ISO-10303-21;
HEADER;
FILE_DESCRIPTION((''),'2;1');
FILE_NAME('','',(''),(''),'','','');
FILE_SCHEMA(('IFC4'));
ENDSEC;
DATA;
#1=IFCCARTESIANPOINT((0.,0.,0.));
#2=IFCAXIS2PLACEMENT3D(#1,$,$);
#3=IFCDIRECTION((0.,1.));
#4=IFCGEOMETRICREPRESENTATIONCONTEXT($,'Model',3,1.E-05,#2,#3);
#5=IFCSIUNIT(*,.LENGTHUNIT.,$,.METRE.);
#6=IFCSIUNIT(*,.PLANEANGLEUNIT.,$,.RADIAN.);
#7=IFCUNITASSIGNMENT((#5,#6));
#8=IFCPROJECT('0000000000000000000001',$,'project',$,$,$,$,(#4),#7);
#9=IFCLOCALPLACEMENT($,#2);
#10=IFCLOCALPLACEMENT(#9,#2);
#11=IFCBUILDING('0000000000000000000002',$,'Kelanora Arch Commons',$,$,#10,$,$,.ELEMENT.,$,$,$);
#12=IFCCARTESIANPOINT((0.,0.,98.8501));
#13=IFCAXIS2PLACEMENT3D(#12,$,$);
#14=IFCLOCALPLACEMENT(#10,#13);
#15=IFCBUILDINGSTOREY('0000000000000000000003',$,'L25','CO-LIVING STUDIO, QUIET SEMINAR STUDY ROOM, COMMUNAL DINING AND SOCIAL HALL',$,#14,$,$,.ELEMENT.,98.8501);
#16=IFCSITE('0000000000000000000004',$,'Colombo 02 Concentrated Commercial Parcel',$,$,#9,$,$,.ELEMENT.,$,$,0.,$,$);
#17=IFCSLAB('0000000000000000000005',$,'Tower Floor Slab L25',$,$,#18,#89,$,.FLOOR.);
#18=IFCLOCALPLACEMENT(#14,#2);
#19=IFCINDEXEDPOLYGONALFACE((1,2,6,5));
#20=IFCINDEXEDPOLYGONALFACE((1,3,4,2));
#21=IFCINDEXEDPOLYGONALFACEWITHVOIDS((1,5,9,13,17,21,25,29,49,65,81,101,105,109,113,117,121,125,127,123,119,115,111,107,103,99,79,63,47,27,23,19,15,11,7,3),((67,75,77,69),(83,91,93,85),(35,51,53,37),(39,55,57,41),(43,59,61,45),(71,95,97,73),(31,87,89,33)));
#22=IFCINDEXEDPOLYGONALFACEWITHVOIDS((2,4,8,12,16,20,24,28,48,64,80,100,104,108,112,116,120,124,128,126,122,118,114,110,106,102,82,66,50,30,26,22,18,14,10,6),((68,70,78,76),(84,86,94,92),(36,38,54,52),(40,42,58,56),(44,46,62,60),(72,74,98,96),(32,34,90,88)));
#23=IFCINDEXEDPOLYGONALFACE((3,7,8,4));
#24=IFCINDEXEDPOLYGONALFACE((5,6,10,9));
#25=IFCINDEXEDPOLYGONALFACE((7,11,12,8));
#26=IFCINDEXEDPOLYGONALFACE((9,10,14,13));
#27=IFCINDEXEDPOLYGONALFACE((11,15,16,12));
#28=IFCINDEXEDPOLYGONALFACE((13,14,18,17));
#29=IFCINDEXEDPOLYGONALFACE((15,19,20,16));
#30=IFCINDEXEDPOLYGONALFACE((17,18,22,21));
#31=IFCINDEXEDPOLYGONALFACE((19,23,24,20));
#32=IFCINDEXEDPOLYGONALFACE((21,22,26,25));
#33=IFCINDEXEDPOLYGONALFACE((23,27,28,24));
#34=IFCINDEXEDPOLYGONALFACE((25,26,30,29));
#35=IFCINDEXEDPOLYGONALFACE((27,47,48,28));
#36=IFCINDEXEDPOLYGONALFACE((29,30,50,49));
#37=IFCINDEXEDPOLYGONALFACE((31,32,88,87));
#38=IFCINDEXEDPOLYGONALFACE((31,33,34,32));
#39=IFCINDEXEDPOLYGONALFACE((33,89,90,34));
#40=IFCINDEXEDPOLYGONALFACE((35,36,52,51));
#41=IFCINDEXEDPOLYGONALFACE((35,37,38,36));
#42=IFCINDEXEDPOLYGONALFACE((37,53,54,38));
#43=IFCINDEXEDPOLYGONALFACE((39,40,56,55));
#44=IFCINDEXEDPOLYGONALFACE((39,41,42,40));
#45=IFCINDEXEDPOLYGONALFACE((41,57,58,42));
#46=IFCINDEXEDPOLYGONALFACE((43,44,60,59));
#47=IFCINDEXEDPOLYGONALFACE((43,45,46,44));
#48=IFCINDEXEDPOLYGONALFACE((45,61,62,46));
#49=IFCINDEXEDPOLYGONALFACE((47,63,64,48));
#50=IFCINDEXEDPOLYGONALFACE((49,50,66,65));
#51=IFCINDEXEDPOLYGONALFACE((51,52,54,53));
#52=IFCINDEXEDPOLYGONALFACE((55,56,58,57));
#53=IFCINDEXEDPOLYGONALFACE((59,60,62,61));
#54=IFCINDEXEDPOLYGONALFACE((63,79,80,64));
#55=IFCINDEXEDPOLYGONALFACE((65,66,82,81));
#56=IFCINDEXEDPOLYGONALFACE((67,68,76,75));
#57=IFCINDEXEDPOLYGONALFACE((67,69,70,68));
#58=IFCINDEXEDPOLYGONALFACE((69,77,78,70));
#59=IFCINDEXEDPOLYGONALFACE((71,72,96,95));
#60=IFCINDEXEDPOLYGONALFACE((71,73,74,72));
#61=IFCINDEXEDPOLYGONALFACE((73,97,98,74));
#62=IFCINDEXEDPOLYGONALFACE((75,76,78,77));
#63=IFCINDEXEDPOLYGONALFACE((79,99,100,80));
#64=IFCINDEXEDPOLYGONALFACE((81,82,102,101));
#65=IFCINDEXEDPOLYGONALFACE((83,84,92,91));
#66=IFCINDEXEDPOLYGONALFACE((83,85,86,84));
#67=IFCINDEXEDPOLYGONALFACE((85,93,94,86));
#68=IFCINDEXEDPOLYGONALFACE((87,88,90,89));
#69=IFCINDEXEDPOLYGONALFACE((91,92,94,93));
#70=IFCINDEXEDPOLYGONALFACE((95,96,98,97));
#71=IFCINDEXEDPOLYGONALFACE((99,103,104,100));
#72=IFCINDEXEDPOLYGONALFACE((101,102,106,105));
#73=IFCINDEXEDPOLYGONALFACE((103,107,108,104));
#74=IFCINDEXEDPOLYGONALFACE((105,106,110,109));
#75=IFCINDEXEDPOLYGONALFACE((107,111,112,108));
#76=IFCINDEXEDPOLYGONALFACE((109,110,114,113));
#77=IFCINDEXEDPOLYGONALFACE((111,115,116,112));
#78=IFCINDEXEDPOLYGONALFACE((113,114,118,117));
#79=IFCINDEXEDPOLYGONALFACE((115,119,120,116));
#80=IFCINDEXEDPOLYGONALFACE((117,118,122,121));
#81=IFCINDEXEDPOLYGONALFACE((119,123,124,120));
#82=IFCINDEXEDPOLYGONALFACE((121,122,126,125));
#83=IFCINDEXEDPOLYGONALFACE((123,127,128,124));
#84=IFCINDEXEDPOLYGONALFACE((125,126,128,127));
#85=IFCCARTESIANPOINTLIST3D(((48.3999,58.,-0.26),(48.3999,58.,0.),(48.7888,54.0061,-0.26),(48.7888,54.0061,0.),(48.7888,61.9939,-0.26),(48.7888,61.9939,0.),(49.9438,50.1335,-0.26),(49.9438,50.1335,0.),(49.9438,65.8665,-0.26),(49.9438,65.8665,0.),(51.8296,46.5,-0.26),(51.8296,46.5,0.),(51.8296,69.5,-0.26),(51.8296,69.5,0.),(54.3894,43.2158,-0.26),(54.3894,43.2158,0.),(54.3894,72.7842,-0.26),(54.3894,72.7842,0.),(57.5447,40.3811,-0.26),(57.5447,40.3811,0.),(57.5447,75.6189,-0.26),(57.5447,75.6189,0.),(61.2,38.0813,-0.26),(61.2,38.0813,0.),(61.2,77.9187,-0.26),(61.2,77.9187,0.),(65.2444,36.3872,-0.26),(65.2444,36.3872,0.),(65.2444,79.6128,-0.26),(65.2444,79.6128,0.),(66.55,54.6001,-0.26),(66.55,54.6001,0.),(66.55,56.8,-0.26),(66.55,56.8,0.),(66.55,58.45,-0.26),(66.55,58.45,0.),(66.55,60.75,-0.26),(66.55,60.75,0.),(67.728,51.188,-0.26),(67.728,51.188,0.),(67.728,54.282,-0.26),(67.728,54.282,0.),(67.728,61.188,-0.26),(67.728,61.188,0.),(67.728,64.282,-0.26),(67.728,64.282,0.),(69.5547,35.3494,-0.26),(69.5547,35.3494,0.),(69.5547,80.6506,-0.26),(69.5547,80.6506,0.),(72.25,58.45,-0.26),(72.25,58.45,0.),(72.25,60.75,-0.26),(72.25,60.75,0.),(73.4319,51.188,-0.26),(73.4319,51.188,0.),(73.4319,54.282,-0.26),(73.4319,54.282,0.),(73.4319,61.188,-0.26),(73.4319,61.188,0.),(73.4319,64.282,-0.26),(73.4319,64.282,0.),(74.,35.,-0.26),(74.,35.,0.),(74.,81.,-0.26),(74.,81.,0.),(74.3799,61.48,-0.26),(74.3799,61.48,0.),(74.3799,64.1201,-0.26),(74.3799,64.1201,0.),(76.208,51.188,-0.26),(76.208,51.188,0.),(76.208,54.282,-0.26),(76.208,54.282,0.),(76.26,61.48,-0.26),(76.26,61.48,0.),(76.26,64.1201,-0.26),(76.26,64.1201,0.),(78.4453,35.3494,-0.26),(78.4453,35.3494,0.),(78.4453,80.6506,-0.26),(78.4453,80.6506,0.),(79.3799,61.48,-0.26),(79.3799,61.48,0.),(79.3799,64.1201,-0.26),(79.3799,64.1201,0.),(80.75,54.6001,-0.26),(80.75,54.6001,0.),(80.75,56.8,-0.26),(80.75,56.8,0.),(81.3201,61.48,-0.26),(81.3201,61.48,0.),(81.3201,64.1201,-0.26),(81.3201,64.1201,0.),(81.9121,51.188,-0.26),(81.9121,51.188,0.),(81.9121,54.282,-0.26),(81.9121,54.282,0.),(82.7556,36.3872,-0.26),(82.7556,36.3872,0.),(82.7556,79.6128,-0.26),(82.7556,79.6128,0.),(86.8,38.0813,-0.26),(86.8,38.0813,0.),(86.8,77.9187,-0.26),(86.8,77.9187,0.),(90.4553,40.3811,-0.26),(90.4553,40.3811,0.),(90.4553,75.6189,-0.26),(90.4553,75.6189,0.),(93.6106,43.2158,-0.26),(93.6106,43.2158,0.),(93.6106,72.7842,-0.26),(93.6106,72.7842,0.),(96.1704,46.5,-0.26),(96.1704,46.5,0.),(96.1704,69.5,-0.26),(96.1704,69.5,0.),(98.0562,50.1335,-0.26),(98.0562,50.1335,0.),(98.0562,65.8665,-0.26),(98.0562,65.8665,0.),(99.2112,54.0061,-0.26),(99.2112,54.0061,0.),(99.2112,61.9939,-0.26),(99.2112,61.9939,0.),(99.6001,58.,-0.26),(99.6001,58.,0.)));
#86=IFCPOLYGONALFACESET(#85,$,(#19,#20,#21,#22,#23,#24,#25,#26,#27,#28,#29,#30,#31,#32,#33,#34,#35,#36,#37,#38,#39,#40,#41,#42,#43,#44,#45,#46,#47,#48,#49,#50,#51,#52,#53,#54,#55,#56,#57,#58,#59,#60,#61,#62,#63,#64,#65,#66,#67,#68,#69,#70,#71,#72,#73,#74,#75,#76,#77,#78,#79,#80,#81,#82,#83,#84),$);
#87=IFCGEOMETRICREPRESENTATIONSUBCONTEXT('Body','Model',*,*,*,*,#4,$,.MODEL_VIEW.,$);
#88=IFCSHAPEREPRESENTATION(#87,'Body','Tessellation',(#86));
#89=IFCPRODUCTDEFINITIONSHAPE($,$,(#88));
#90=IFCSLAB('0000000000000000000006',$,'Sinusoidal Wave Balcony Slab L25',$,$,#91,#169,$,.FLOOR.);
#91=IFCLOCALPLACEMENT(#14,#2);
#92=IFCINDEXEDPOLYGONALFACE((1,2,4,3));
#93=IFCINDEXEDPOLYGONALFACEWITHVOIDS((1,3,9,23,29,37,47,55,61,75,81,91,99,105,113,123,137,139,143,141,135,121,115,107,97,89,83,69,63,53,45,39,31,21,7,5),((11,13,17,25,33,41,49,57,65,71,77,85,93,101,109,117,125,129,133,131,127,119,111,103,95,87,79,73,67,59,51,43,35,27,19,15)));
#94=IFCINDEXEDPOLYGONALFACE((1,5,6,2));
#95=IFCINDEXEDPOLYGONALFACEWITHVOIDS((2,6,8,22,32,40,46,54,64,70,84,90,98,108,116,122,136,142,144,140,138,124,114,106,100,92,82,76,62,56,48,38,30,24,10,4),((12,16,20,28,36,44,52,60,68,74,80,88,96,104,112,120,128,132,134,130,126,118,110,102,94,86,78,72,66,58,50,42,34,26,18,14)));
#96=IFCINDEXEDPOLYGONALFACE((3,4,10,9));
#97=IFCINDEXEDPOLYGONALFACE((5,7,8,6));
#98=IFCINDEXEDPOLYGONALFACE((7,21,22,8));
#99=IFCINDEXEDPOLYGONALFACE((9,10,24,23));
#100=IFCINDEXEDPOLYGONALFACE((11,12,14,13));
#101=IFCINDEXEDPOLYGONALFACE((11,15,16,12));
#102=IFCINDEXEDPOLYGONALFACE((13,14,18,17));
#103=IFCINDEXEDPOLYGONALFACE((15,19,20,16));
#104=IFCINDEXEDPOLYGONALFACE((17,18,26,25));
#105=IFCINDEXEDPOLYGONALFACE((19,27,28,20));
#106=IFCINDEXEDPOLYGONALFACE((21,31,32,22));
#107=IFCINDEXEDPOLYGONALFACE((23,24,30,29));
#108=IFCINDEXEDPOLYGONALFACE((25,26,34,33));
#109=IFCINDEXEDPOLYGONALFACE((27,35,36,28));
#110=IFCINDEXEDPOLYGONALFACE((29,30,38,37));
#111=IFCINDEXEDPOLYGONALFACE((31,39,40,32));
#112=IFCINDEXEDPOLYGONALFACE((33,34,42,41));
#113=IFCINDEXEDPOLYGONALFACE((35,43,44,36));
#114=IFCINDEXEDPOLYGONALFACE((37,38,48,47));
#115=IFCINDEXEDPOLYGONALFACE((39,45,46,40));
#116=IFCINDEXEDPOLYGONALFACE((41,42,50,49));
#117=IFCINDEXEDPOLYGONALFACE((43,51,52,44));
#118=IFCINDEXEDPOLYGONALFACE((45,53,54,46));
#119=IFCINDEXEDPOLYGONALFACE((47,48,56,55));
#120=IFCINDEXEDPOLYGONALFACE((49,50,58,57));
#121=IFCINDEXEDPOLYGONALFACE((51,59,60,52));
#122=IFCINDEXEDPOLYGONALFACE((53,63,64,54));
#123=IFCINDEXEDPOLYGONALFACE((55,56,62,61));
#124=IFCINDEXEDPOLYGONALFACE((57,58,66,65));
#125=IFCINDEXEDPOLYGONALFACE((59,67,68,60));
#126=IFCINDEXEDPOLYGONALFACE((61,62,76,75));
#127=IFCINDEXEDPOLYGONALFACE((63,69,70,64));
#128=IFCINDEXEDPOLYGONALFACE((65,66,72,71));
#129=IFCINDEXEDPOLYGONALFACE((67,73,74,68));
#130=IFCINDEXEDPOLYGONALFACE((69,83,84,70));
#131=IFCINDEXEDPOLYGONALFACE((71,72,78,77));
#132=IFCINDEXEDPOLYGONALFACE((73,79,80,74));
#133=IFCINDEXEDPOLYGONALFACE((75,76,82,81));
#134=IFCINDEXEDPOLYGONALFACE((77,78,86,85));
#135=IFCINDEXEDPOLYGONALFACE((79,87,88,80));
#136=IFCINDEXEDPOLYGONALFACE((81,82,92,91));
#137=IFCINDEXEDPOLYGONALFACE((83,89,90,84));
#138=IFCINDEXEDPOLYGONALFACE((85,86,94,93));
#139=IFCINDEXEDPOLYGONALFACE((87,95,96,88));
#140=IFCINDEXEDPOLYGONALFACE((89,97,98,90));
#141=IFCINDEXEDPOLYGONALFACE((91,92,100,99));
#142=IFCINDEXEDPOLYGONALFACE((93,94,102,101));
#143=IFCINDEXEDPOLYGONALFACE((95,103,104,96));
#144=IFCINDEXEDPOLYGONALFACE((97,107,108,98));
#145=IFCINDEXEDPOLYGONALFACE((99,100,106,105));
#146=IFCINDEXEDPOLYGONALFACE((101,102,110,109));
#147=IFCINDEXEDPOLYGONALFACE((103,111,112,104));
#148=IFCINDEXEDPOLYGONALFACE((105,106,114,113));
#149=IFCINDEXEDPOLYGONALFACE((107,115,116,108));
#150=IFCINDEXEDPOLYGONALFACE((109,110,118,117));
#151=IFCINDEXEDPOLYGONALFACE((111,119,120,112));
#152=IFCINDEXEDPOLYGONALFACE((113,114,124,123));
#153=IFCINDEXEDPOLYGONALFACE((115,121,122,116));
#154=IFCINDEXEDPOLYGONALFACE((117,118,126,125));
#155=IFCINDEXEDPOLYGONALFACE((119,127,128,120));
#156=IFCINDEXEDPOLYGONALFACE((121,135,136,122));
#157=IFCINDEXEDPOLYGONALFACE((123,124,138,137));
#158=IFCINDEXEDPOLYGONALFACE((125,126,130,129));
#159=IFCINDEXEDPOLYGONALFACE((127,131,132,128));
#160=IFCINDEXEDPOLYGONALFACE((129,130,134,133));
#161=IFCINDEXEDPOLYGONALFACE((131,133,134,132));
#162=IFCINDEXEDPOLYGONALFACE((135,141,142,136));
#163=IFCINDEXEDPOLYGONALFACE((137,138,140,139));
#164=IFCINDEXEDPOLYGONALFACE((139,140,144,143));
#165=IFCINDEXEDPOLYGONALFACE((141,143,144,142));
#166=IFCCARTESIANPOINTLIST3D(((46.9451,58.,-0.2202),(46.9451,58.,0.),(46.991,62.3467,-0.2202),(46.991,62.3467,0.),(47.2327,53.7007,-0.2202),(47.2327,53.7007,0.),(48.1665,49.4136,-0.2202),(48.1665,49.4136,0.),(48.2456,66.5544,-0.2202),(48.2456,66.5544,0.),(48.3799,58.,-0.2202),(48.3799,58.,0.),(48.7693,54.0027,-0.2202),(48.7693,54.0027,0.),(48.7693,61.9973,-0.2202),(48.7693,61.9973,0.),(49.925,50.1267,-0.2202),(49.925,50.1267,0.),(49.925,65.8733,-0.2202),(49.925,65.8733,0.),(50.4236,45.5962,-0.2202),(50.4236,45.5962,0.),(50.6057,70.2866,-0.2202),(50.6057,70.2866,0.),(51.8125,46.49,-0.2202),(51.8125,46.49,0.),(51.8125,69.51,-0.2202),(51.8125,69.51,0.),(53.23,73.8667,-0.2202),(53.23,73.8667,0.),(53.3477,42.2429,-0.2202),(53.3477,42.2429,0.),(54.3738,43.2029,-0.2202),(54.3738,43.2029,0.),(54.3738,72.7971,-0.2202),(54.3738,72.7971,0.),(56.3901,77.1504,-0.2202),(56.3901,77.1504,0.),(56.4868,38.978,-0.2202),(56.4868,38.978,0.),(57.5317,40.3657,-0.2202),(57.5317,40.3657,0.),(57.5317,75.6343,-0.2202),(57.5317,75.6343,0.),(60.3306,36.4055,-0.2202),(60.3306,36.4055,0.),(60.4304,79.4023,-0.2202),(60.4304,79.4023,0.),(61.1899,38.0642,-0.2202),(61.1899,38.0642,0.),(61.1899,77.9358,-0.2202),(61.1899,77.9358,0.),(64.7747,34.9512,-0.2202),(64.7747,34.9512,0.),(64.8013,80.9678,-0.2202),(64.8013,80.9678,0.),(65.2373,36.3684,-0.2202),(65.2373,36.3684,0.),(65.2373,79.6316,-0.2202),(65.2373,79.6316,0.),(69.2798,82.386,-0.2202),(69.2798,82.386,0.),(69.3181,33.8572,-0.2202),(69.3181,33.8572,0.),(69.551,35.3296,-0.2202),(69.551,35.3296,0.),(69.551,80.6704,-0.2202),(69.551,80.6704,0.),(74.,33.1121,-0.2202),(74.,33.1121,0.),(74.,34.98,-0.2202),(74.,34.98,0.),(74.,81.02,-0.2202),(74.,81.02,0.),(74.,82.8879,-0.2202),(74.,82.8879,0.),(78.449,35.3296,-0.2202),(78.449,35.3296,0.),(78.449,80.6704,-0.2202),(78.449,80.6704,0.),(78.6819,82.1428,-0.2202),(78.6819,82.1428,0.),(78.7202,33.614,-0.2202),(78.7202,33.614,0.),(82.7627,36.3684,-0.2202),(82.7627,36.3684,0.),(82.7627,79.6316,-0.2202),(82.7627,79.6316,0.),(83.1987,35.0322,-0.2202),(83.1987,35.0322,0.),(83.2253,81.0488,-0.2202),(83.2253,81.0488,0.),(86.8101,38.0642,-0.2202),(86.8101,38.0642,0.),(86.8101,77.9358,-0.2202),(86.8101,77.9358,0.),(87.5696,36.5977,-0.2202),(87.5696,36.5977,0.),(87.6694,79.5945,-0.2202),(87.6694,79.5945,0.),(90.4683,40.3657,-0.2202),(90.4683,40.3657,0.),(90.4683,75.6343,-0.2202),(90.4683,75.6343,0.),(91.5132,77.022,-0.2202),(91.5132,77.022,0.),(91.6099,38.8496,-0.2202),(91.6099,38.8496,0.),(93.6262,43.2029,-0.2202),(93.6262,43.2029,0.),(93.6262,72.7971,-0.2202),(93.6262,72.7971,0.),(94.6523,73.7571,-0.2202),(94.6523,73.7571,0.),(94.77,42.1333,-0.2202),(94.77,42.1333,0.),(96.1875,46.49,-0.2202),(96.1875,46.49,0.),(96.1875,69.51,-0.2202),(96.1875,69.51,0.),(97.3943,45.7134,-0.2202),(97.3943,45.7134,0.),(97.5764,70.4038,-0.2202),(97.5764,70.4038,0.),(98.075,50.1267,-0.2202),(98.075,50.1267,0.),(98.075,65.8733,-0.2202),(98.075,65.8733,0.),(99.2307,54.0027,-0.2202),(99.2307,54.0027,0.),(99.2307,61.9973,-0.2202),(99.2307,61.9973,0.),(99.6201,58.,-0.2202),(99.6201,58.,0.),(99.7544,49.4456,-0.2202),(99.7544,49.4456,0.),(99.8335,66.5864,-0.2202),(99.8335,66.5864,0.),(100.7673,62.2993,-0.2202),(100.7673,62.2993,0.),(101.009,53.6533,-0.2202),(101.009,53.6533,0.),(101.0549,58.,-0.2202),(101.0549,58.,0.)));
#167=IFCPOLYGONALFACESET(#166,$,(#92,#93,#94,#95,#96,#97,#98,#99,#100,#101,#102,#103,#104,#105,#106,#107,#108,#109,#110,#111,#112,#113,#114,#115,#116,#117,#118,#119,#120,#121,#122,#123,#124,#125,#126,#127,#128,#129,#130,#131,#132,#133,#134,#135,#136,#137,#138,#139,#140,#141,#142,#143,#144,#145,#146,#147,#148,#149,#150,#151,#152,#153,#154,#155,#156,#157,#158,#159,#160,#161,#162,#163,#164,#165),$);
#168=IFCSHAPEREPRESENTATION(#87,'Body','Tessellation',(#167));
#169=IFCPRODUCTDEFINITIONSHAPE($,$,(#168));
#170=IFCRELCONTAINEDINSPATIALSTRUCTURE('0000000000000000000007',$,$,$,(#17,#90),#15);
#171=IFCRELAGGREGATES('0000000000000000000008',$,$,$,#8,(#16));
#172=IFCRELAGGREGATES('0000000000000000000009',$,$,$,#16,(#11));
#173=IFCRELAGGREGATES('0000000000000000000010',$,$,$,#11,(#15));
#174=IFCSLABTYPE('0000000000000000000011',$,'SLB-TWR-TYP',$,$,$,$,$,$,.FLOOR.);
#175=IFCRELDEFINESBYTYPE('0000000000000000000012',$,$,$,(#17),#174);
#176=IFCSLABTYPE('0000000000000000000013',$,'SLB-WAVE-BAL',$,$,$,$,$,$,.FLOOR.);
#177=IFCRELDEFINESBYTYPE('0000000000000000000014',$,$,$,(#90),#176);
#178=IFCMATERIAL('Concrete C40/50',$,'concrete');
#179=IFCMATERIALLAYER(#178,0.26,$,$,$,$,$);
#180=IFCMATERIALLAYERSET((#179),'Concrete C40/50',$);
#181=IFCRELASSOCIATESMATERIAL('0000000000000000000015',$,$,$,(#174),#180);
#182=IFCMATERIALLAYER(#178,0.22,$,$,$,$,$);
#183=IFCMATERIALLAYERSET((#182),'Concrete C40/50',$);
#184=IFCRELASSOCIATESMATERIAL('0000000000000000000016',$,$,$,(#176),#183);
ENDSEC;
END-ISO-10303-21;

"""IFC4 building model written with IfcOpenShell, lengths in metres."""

from ifc_helpers import new_model, si_unit, direction, frame, origin, place, context, subcontext, project, spatial, polyline, outline, extrude, material, layer, layer_set, type_object, element, save


model = new_model("IFC4")

# Units and contexts
model_context = context("Model", 3, precision=1e-05, world=origin(), true_north=direction((0.0, 1.0)))
body_context = subcontext(model_context, "Body", "Model", "MODEL_VIEW")
ifc_project = project(units=[si_unit("LENGTHUNIT", "METRE"), si_unit("PLANEANGLEUNIT", "RADIAN")], contexts=[model_context])

# Site, building, storey
site_placement = place(None, origin())
site = spatial("IfcSite", under=ifc_project, at=site_placement, Name="Colombo 02 Concentrated Commercial Parcel", CompositionType="ELEMENT", RefElevation=0.0)
building_placement = place(site_placement, origin())
building = spatial("IfcBuilding", under=site, at=building_placement, Name="Kelanora Arch Commons", CompositionType="ELEMENT")
storey_placement = place(building_placement, frame((0.0, 0.0, 98.8501)))
storey = spatial("IfcBuildingStorey", under=building, at=storey_placement, Name="L25", Description="CO-LIVING STUDIO, QUIET SEMINAR STUDY ROOM, COMMUNAL DINING AND SOCIAL HALL", CompositionType="ELEMENT", Elevation=98.8501)

# Shared definitions
ifc_material_1 = material(Name="Concrete C40/50", Category="concrete")

# Slabs
ifc_layer_1 = layer(ifc_material_1, 0.26)
ifc_layer_set_1 = layer_set([ifc_layer_1], Name="Concrete C40/50")
slab_type_1 = type_object("IfcSlabType", Name="SLB-TWR-TYP", PredefinedType="FLOOR", material=ifc_layer_set_1)
slab_1_placement = place(storey_placement, frame((0.0, 0.0, -0.26)))
element("IfcSlab", 1, at=slab_1_placement, inside=storey, type_object=slab_type_1, Name="Tower Floor Slab L25", PredefinedType="FLOOR", context=body_context, shape_type="SweptSolid", body=[
    extrude(outline(polyline([(99.6001, 58.0), (99.2112, 61.9939), (98.0562, 65.8665), (96.1704, 69.5), (93.6106, 72.7842), (90.4553, 75.6189), (86.8, 77.9187), (82.7556, 79.6128), (78.4453, 80.6506), (74.0, 81.0), (69.5547, 80.6506), (65.2444, 79.6128), (61.2, 77.9187), (57.5447, 75.6189), (54.3894, 72.7842), (51.8296, 69.5), (49.9438, 65.8665), (48.7888, 61.9939), (48.3999, 58.0), (48.7888, 54.0061), (49.9438, 50.1335), (51.8296, 46.5), (54.3894, 43.2158), (57.5447, 40.3811), (61.2, 38.0813), (65.2444, 36.3872), (69.5547, 35.3494), (74.0, 35.0), (78.4453, 35.3494), (82.7556, 36.3872), (86.8, 38.0813), (90.4553, 40.3811), (93.6106, 43.2158), (96.1704, 46.5), (98.0562, 50.1335), (99.2112, 54.0061), (99.6001, 58.0)]), holes=[polyline([(73.4319, 51.188), (67.728, 51.188), (67.728, 54.282), (73.4319, 54.282), (73.4319, 51.188)]), polyline([(76.208, 51.188), (76.208, 54.282), (81.9121, 54.282), (81.9121, 51.188), (76.208, 51.188)]), polyline([(66.55, 54.6001), (66.55, 56.8), (80.75, 56.8), (80.75, 54.6001), (66.55, 54.6001)]), polyline([(66.55, 58.45), (66.55, 60.75), (72.25, 60.75), (72.25, 58.45), (66.55, 58.45)]), polyline([(67.728, 61.188), (67.728, 64.282), (73.4319, 64.282), (73.4319, 61.188), (67.728, 61.188)]), polyline([(74.3799, 61.48), (74.3799, 64.1201), (76.26, 64.1201), (76.26, 61.48), (74.3799, 61.48)]), polyline([(79.3799, 61.48), (79.3799, 64.1201), (81.3201, 64.1201), (81.3201, 61.48), (79.3799, 61.48)])]), origin(), (0.0, 0.0, 1.0), 0.26),
])
ifc_layer_2 = layer(ifc_material_1, 0.22)
ifc_layer_set_2 = layer_set([ifc_layer_2], Name="Concrete C40/50")
slab_type_2 = type_object("IfcSlabType", Name="SLB-WAVE-BAL", PredefinedType="FLOOR", material=ifc_layer_set_2)
slab_2_placement = place(storey_placement, frame((0.0, 0.0, -0.2202)))
element("IfcSlab", 2, at=slab_2_placement, inside=storey, type_object=slab_type_2, Name="Sinusoidal Wave Balcony Slab L25", PredefinedType="FLOOR", context=body_context, shape_type="SweptSolid", body=[
    extrude(outline(polyline([(101.0549, 58.0), (100.7673, 62.2993), (99.8335, 66.5864), (97.5764, 70.4038), (94.6523, 73.7571), (91.5132, 77.022), (87.6694, 79.5945), (83.2253, 81.0488), (78.6819, 82.1428), (74.0, 82.8879), (69.2798, 82.386), (64.8013, 80.9678), (60.4304, 79.4023), (56.3901, 77.1504), (53.23, 73.8667), (50.6057, 70.2866), (48.2456, 66.5544), (46.991, 62.3467), (46.9451, 58.0), (47.2327, 53.7007), (48.1665, 49.4136), (50.4236, 45.5962), (53.3477, 42.2429), (56.4868, 38.978), (60.3306, 36.4055), (64.7747, 34.9512), (69.3181, 33.8572), (74.0, 33.1121), (78.7202, 33.614), (83.1987, 35.0322), (87.5696, 36.5977), (91.6099, 38.8496), (94.77, 42.1333), (97.3943, 45.7134), (99.7544, 49.4456), (101.009, 53.6533), (101.0549, 58.0)]), holes=[polyline([(99.2307, 54.0027), (98.075, 50.1267), (96.1875, 46.49), (93.6262, 43.2029), (90.4683, 40.3657), (86.8101, 38.0642), (82.7627, 36.3684), (78.449, 35.3296), (74.0, 34.98), (69.551, 35.3296), (65.2373, 36.3684), (61.1899, 38.0642), (57.5317, 40.3657), (54.3738, 43.2029), (51.8125, 46.49), (49.925, 50.1267), (48.7693, 54.0027), (48.3799, 58.0), (48.7693, 61.9973), (49.925, 65.8733), (51.8125, 69.51), (54.3738, 72.7971), (57.5317, 75.6343), (61.1899, 77.9358), (65.2373, 79.6316), (69.551, 80.6704), (74.0, 81.02), (78.449, 80.6704), (82.7627, 79.6316), (86.8101, 77.9358), (90.4683, 75.6343), (93.6262, 72.7971), (96.1875, 69.51), (98.075, 65.8733), (99.2307, 61.9973), (99.6201, 58.0), (99.2307, 54.0027)])]), origin(), (0.0, 0.0, 1.0), 0.2202),
])

save(model, "model.ifc")
